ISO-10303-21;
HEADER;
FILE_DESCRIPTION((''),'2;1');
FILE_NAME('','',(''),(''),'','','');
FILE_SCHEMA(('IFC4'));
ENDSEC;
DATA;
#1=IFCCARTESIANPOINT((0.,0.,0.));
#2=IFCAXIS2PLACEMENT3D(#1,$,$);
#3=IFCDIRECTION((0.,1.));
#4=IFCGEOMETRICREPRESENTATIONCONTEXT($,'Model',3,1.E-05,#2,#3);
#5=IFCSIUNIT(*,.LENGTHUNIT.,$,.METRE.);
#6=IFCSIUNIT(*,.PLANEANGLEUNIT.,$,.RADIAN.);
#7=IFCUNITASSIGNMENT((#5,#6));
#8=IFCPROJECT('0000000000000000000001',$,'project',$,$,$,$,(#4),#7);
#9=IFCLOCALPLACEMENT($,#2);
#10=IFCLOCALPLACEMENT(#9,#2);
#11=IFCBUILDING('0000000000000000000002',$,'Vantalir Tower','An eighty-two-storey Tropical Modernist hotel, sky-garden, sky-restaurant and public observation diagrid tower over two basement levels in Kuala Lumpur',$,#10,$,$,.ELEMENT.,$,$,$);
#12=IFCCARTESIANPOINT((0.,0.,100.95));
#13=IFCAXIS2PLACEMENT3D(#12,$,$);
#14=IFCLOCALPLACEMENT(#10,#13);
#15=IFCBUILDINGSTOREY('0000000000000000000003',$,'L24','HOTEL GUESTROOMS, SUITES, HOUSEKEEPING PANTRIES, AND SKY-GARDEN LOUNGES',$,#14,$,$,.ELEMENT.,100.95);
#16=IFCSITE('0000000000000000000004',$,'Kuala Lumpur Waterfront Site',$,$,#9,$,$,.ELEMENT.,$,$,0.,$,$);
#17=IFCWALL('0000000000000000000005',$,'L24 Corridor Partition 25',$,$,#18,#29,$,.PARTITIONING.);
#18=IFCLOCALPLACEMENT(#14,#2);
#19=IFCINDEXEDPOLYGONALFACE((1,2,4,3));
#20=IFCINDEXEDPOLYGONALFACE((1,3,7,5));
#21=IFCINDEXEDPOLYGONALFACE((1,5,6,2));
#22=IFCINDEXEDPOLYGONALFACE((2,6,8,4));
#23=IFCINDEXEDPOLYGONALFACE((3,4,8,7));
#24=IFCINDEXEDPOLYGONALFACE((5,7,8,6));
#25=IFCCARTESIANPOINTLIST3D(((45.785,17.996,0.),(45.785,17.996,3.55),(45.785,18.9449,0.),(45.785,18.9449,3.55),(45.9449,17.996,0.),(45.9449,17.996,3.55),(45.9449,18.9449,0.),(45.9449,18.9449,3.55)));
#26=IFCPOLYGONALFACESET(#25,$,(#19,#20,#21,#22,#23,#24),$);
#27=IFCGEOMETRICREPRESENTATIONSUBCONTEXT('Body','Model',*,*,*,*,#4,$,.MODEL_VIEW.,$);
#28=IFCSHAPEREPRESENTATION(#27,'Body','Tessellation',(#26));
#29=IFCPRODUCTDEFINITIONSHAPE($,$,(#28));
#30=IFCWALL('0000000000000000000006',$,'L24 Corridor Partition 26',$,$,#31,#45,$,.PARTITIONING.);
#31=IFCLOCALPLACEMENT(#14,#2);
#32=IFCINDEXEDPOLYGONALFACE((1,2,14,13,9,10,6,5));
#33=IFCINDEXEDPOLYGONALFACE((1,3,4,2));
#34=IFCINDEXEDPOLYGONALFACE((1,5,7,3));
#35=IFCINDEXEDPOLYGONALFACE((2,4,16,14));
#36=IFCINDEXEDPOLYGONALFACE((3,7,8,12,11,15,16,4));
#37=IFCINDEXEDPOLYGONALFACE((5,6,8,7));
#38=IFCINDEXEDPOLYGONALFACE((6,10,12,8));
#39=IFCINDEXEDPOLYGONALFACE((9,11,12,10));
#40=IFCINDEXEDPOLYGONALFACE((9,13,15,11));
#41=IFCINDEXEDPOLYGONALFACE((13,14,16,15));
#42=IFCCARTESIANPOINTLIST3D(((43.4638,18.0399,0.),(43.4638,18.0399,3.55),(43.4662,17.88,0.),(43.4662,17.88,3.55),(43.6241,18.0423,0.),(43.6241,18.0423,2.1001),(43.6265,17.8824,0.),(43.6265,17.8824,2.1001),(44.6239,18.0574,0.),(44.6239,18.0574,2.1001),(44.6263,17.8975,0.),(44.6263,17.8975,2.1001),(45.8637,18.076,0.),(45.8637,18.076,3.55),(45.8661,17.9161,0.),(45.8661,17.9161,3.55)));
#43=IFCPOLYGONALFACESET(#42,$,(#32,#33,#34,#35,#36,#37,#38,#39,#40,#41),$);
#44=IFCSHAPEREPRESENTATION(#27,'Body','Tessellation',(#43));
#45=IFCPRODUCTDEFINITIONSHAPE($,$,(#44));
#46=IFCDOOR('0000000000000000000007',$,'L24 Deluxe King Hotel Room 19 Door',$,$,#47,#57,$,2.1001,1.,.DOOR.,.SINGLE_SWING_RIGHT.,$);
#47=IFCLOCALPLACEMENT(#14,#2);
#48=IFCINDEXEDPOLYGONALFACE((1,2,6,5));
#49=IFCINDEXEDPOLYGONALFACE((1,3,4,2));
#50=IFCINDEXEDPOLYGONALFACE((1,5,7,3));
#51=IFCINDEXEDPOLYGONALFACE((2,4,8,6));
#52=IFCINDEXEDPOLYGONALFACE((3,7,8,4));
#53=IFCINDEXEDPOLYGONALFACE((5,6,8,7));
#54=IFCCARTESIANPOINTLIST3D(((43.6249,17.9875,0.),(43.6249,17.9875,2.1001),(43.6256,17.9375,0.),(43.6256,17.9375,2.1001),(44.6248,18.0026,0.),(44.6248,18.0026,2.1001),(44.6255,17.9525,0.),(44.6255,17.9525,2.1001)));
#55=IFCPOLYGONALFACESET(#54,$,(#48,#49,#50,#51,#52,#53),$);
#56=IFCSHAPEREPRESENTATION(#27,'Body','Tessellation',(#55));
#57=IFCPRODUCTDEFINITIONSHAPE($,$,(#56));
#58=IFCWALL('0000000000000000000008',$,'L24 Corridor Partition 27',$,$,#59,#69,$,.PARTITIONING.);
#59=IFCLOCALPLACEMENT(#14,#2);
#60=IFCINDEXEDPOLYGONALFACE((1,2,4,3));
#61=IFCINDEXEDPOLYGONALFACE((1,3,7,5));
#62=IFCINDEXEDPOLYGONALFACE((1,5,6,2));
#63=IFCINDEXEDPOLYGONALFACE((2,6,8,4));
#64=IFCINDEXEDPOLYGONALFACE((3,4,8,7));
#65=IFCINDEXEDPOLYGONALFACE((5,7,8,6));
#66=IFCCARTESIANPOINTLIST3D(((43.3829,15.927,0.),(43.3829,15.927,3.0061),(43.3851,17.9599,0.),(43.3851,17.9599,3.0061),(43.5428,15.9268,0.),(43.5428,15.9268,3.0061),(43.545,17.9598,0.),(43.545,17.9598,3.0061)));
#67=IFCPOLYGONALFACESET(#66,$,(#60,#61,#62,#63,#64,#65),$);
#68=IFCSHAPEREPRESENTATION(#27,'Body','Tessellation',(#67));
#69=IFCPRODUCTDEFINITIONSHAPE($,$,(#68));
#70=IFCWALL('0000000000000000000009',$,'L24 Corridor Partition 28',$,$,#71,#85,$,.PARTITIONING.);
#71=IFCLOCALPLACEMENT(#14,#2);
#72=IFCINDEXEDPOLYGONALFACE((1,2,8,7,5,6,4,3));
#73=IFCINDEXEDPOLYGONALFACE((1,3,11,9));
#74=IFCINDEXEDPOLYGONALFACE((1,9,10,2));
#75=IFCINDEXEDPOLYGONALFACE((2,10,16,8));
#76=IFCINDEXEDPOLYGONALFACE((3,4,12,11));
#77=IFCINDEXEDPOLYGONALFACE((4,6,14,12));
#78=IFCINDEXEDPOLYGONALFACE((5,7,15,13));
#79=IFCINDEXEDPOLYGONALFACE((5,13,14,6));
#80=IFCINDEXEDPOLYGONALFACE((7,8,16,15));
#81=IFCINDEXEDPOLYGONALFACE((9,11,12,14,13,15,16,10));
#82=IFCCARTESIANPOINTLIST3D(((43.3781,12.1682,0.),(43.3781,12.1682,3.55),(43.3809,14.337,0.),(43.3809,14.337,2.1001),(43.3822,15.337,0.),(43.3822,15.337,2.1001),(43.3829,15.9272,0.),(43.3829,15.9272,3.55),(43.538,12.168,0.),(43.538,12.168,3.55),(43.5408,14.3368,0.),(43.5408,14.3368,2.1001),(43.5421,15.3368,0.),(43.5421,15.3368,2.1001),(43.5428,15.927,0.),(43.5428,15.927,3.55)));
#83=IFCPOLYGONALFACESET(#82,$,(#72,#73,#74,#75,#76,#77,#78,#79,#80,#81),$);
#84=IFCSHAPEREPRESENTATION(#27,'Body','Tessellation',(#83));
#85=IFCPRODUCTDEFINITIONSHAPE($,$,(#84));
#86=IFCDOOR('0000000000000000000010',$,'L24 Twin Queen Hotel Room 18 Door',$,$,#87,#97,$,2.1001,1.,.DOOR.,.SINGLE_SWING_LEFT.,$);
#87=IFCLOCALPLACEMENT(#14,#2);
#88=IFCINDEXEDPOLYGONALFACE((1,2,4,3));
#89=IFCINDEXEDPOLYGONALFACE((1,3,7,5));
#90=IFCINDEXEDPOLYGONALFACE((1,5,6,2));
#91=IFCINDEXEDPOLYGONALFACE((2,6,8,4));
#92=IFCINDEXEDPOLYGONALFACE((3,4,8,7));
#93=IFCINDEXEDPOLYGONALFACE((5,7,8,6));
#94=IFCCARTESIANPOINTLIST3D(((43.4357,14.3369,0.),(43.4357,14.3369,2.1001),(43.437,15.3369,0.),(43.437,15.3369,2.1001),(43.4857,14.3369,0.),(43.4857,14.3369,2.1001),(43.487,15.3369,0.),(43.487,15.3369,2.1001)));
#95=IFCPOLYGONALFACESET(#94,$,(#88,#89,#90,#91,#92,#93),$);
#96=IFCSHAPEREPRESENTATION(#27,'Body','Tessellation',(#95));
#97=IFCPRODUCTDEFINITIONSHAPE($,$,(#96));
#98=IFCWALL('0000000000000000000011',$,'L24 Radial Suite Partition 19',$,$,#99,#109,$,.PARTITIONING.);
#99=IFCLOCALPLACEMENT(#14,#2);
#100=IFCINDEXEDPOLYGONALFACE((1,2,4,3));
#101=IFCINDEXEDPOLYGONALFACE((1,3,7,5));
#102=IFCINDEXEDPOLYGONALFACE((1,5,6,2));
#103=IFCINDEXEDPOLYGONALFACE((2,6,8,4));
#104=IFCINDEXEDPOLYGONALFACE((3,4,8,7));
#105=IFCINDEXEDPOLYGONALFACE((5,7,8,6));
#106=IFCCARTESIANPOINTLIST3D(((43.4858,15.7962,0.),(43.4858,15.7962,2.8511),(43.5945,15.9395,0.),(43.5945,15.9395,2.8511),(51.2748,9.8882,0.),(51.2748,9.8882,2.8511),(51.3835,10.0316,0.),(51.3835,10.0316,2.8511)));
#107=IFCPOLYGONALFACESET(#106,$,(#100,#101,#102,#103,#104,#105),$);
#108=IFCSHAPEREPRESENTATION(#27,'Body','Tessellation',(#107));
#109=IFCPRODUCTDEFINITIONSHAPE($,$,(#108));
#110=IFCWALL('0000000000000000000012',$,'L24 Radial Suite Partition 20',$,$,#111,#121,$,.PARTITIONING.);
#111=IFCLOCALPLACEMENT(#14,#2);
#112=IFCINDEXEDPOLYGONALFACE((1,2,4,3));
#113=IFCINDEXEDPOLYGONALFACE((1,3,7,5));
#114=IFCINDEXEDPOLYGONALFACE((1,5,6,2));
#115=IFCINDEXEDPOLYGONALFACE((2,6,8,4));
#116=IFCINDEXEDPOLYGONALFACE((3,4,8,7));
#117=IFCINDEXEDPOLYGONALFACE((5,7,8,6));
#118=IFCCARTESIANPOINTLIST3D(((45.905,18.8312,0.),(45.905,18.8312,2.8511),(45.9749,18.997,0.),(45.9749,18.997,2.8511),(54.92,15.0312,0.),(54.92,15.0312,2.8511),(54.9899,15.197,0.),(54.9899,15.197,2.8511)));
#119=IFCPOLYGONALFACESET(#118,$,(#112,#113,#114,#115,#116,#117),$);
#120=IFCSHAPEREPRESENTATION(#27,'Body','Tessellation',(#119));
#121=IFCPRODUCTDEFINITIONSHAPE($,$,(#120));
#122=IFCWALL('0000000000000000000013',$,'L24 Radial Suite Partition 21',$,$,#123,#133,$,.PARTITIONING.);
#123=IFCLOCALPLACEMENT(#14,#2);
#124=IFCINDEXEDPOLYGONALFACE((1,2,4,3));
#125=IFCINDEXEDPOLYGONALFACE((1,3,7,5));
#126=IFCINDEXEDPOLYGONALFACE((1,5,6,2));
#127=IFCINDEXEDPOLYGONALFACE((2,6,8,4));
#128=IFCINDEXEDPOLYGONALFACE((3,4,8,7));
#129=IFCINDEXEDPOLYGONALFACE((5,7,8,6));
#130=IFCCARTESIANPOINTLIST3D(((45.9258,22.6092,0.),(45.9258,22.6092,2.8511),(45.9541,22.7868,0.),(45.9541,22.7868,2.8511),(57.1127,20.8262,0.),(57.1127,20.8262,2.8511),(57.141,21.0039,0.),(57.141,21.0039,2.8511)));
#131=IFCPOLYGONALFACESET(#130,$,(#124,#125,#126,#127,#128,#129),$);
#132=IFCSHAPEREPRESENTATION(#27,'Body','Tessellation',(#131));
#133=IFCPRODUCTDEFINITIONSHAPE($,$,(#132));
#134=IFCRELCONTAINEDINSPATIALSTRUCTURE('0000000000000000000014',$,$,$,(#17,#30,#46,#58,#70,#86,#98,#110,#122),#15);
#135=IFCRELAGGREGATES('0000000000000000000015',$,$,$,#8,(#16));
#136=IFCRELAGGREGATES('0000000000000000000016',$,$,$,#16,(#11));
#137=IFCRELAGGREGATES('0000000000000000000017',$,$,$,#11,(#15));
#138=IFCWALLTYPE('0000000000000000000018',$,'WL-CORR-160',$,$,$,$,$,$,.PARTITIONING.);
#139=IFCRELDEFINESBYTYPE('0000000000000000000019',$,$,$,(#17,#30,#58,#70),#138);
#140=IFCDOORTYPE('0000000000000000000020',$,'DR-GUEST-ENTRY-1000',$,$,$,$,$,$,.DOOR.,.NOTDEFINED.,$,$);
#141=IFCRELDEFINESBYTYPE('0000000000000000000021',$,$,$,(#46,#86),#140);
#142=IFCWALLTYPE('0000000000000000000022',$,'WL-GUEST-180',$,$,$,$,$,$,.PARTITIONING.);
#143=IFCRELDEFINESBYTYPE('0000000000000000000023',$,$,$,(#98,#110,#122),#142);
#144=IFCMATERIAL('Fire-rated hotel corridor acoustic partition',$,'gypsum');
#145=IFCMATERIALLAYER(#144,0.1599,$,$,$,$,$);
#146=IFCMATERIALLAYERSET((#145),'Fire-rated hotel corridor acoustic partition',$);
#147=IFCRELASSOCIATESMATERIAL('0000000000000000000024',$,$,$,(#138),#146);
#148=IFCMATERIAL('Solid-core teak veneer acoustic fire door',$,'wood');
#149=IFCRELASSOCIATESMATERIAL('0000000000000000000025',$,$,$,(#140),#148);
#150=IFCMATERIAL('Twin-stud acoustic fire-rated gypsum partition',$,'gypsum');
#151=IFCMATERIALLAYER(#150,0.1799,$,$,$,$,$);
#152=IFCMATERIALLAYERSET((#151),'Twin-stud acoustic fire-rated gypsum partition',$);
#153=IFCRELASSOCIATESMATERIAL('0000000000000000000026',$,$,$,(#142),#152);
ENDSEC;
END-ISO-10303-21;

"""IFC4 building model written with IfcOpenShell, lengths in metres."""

from ifc_helpers import new_model, si_unit, direction, frame, frame_2d, origin, place, context, subcontext, project, spatial, rectangle, extrude, material, layer, layer_set, type_object, element, fill, save


model = new_model("IFC4")

# Units and contexts
model_context = context("Model", 3, precision=1e-05, world=origin(), true_north=direction((0.0, 1.0)))
body_context = subcontext(model_context, "Body", "Model", "MODEL_VIEW")
ifc_project = project(units=[si_unit("LENGTHUNIT", "METRE"), si_unit("PLANEANGLEUNIT", "RADIAN")], contexts=[model_context])

# Site, building, storey
site_placement = place(None, origin())
site = spatial("IfcSite", under=ifc_project, at=site_placement, Name="Kuala Lumpur Waterfront Site", CompositionType="ELEMENT", RefElevation=0.0)
building_placement = place(site_placement, origin())
building = spatial("IfcBuilding", under=site, at=building_placement, Name="Vantalir Tower", Description="An eighty-two-storey Tropical Modernist hotel, sky-garden, sky-restaurant and public observation diagrid tower over two basement levels in Kuala Lumpur", CompositionType="ELEMENT")
storey_placement = place(building_placement, frame((0.0, 0.0, 100.95)))
storey = spatial("IfcBuildingStorey", under=building, at=storey_placement, Name="L24", Description="HOTEL GUESTROOMS, SUITES, HOUSEKEEPING PANTRIES, AND SKY-GARDEN LOUNGES", CompositionType="ELEMENT", Elevation=100.95)

# Shared definitions
ifc_material_1 = material(Name="Fire-rated hotel corridor acoustic partition", Category="gypsum")
ifc_layer_1 = layer(ifc_material_1, 0.1599)
ifc_layer_set_1 = layer_set([ifc_layer_1], Name="Fire-rated hotel corridor acoustic partition")
wall_type_1 = type_object("IfcWallType", Name="WL-CORR-160", PredefinedType="PARTITIONING", material=ifc_layer_set_1)

# Wall
wall_1_placement = place(storey_placement, frame((45.865, 18.9451, 0.0), z_axis=(0.0, 0.0, 1.0), x_axis=(0.0, -1.0, 0.0)))
element("IfcWall", 1, at=wall_1_placement, inside=storey, type_object=wall_type_1, Name="L24 Corridor Partition 25", PredefinedType="PARTITIONING", context=body_context, shape_type="SweptSolid", body=[
    extrude(rectangle(XDim=0.949, YDim=0.1599, at=frame_2d((0.4746, 0.0))), origin(), (0.0, 0.0, 1.0), 3.55),
])

# Wall, opening, door
wall_2_placement = place(storey_placement, frame((45.865, 17.9961, 0.0), z_axis=(0.0, 0.0, 1.0), x_axis=(-0.999887, -0.015054, 0.0)))
wall_2 = element("IfcWall", 2, at=wall_2_placement, inside=storey, type_object=wall_type_1, Name="L24 Corridor Partition 26", PredefinedType="PARTITIONING", context=body_context, shape_type="SweptSolid", body=[
    extrude(rectangle(XDim=2.4001, YDim=0.1599, at=frame_2d((1.2002, 0.0))), origin(), (0.0, 0.0, 1.0), 3.55),
])
opening_1_placement = place(wall_2_placement, frame((1.24, 0.0, 0.0)))
opening_1 = element("IfcOpeningElement", 3, at=opening_1_placement, cuts=wall_2, PredefinedType="OPENING", context=body_context, shape_type="SweptSolid", body=[
    extrude(rectangle(XDim=1.0, YDim=2.1001, at=frame_2d((0.5, 1.05))), frame((0.0, 0.0898, 0.0), z_axis=(0.0, -1.0, 0.0), x_axis=(1.0, 0.0, 0.0)), (0.0, 0.0, 1.0), 0.1799),
])
ifc_material_2 = material(Name="Solid-core teak veneer acoustic fire door", Category="wood")
door_type_1 = type_object("IfcDoorType", Name="DR-GUEST-ENTRY-1000", OperationType="NOTDEFINED", PredefinedType="DOOR", material=ifc_material_2)
door_1_placement = place(opening_1_placement, origin())
door_1 = element("IfcDoor", 4, at=door_1_placement, inside=storey, type_object=door_type_1, Name="L24 Deluxe King Hotel Room 19 Door", OperationType="SINGLE_SWING_RIGHT", OverallHeight=2.1001, OverallWidth=1.0, PredefinedType="DOOR", context=body_context, shape_type="SweptSolid", body=[
    extrude(rectangle(XDim=1.0, YDim=2.1001, at=frame_2d((0.5, 1.05))), frame((0.0, 0.0249, 0.0), z_axis=(0.0, -1.0, 0.0), x_axis=(1.0, 0.0, 0.0)), (0.0, 0.0, 1.0), 0.05),
])
fill(opening_1, door_1)

# Wall
wall_3_placement = place(storey_placement, frame((43.4651, 17.96, 0.0), z_axis=(0.0, 0.0, 1.0), x_axis=(-0.001081, -0.999999, 0.0)))
element("IfcWall", 5, at=wall_3_placement, inside=storey, type_object=wall_type_1, Name="L24 Corridor Partition 27", PredefinedType="PARTITIONING", context=body_context, shape_type="SweptSolid", body=[
    extrude(rectangle(XDim=2.033, YDim=0.1599, at=frame_2d((1.0166, 0.0))), origin(), (0.0, 0.0, 1.0), 3.0061),
])

# Wall, opening, door
wall_4_placement = place(storey_placement, frame((43.4629, 15.927, 0.0), z_axis=(0.0, 0.0, 1.0), x_axis=(-0.001299, -0.999999, 0.0)))
wall_4 = element("IfcWall", 6, at=wall_4_placement, inside=storey, type_object=wall_type_1, Name="L24 Corridor Partition 28", PredefinedType="PARTITIONING", context=body_context, shape_type="SweptSolid", body=[
    extrude(rectangle(XDim=3.759, YDim=0.1599, at=frame_2d((1.8794, 0.0))), origin(), (0.0, 0.0, 1.0), 3.55),
])
opening_2_placement = place(wall_4_placement, frame((0.5901, 0.0, 0.0)))
opening_2 = element("IfcOpeningElement", 7, at=opening_2_placement, cuts=wall_4, PredefinedType="OPENING", context=body_context, shape_type="SweptSolid", body=[
    extrude(rectangle(XDim=1.0, YDim=2.1001, at=frame_2d((0.5, 1.05))), frame((0.0, 0.0898, 0.0), z_axis=(0.0, -1.0, 0.0), x_axis=(1.0, 0.0, 0.0)), (0.0, 0.0, 1.0), 0.1799),
])
door_2_placement = place(opening_2_placement, origin())
door_2 = element("IfcDoor", 8, at=door_2_placement, inside=storey, type_object=door_type_1, Name="L24 Twin Queen Hotel Room 18 Door", OperationType="SINGLE_SWING_LEFT", OverallHeight=2.1001, OverallWidth=1.0, PredefinedType="DOOR", context=body_context, shape_type="SweptSolid", body=[
    extrude(rectangle(XDim=1.0, YDim=2.1001, at=frame_2d((0.5, 1.05))), frame((0.0, 0.0249, 0.0), z_axis=(0.0, -1.0, 0.0), x_axis=(1.0, 0.0, 0.0)), (0.0, 0.0, 1.0), 0.05),
])
fill(opening_2, door_2)

# Walls
ifc_material_3 = material(Name="Twin-stud acoustic fire-rated gypsum partition", Category="gypsum")
ifc_layer_2 = layer(ifc_material_3, 0.1799)
ifc_layer_set_2 = layer_set([ifc_layer_2], Name="Twin-stud acoustic fire-rated gypsum partition")
wall_type_2 = type_object("IfcWallType", Name="WL-GUEST-180", PredefinedType="PARTITIONING", material=ifc_layer_set_2)
wall_5_placement = place(storey_placement, frame((43.54, 15.8679, 0.0), z_axis=(0.0, 0.0, 1.0), x_axis=(0.79674, -0.604323, 0.0)))
element("IfcWall", 9, at=wall_5_placement, inside=storey, type_object=wall_type_2, Name="L24 Radial Suite Partition 19", PredefinedType="PARTITIONING", context=body_context, shape_type="SweptSolid", body=[
    extrude(rectangle(XDim=9.7761, YDim=0.1799, at=frame_2d((4.8882, 0.0))), origin(), (0.0, 0.0, 1.0), 2.8511),
])
wall_6_placement = place(storey_placement, frame((45.9399, 18.9141, 0.0), z_axis=(0.0, 0.0, 1.0), x_axis=(0.921482, -0.388422, 0.0)))
element("IfcWall", 10, at=wall_6_placement, inside=storey, type_object=wall_type_2, Name="L24 Radial Suite Partition 20", PredefinedType="PARTITIONING", context=body_context, shape_type="SweptSolid", body=[
    extrude(rectangle(XDim=9.7832, YDim=0.1799, at=frame_2d((4.8916, 0.0))), origin(), (0.0, 0.0, 1.0), 2.8511),
])
wall_7_placement = place(storey_placement, frame((45.9399, 22.698, 0.0), z_axis=(0.0, 0.0, 1.0), x_axis=(0.987536, -0.157391, 0.0)))
element("IfcWall", 11, at=wall_7_placement, inside=storey, type_object=wall_type_2, Name="L24 Radial Suite Partition 21", PredefinedType="PARTITIONING", context=body_context, shape_type="SweptSolid", body=[
    extrude(rectangle(XDim=11.3281, YDim=0.1799, at=frame_2d((5.6641, 0.0))), origin(), (0.0, 0.0, 1.0), 2.8511),
])

save(model, "model.ifc")
